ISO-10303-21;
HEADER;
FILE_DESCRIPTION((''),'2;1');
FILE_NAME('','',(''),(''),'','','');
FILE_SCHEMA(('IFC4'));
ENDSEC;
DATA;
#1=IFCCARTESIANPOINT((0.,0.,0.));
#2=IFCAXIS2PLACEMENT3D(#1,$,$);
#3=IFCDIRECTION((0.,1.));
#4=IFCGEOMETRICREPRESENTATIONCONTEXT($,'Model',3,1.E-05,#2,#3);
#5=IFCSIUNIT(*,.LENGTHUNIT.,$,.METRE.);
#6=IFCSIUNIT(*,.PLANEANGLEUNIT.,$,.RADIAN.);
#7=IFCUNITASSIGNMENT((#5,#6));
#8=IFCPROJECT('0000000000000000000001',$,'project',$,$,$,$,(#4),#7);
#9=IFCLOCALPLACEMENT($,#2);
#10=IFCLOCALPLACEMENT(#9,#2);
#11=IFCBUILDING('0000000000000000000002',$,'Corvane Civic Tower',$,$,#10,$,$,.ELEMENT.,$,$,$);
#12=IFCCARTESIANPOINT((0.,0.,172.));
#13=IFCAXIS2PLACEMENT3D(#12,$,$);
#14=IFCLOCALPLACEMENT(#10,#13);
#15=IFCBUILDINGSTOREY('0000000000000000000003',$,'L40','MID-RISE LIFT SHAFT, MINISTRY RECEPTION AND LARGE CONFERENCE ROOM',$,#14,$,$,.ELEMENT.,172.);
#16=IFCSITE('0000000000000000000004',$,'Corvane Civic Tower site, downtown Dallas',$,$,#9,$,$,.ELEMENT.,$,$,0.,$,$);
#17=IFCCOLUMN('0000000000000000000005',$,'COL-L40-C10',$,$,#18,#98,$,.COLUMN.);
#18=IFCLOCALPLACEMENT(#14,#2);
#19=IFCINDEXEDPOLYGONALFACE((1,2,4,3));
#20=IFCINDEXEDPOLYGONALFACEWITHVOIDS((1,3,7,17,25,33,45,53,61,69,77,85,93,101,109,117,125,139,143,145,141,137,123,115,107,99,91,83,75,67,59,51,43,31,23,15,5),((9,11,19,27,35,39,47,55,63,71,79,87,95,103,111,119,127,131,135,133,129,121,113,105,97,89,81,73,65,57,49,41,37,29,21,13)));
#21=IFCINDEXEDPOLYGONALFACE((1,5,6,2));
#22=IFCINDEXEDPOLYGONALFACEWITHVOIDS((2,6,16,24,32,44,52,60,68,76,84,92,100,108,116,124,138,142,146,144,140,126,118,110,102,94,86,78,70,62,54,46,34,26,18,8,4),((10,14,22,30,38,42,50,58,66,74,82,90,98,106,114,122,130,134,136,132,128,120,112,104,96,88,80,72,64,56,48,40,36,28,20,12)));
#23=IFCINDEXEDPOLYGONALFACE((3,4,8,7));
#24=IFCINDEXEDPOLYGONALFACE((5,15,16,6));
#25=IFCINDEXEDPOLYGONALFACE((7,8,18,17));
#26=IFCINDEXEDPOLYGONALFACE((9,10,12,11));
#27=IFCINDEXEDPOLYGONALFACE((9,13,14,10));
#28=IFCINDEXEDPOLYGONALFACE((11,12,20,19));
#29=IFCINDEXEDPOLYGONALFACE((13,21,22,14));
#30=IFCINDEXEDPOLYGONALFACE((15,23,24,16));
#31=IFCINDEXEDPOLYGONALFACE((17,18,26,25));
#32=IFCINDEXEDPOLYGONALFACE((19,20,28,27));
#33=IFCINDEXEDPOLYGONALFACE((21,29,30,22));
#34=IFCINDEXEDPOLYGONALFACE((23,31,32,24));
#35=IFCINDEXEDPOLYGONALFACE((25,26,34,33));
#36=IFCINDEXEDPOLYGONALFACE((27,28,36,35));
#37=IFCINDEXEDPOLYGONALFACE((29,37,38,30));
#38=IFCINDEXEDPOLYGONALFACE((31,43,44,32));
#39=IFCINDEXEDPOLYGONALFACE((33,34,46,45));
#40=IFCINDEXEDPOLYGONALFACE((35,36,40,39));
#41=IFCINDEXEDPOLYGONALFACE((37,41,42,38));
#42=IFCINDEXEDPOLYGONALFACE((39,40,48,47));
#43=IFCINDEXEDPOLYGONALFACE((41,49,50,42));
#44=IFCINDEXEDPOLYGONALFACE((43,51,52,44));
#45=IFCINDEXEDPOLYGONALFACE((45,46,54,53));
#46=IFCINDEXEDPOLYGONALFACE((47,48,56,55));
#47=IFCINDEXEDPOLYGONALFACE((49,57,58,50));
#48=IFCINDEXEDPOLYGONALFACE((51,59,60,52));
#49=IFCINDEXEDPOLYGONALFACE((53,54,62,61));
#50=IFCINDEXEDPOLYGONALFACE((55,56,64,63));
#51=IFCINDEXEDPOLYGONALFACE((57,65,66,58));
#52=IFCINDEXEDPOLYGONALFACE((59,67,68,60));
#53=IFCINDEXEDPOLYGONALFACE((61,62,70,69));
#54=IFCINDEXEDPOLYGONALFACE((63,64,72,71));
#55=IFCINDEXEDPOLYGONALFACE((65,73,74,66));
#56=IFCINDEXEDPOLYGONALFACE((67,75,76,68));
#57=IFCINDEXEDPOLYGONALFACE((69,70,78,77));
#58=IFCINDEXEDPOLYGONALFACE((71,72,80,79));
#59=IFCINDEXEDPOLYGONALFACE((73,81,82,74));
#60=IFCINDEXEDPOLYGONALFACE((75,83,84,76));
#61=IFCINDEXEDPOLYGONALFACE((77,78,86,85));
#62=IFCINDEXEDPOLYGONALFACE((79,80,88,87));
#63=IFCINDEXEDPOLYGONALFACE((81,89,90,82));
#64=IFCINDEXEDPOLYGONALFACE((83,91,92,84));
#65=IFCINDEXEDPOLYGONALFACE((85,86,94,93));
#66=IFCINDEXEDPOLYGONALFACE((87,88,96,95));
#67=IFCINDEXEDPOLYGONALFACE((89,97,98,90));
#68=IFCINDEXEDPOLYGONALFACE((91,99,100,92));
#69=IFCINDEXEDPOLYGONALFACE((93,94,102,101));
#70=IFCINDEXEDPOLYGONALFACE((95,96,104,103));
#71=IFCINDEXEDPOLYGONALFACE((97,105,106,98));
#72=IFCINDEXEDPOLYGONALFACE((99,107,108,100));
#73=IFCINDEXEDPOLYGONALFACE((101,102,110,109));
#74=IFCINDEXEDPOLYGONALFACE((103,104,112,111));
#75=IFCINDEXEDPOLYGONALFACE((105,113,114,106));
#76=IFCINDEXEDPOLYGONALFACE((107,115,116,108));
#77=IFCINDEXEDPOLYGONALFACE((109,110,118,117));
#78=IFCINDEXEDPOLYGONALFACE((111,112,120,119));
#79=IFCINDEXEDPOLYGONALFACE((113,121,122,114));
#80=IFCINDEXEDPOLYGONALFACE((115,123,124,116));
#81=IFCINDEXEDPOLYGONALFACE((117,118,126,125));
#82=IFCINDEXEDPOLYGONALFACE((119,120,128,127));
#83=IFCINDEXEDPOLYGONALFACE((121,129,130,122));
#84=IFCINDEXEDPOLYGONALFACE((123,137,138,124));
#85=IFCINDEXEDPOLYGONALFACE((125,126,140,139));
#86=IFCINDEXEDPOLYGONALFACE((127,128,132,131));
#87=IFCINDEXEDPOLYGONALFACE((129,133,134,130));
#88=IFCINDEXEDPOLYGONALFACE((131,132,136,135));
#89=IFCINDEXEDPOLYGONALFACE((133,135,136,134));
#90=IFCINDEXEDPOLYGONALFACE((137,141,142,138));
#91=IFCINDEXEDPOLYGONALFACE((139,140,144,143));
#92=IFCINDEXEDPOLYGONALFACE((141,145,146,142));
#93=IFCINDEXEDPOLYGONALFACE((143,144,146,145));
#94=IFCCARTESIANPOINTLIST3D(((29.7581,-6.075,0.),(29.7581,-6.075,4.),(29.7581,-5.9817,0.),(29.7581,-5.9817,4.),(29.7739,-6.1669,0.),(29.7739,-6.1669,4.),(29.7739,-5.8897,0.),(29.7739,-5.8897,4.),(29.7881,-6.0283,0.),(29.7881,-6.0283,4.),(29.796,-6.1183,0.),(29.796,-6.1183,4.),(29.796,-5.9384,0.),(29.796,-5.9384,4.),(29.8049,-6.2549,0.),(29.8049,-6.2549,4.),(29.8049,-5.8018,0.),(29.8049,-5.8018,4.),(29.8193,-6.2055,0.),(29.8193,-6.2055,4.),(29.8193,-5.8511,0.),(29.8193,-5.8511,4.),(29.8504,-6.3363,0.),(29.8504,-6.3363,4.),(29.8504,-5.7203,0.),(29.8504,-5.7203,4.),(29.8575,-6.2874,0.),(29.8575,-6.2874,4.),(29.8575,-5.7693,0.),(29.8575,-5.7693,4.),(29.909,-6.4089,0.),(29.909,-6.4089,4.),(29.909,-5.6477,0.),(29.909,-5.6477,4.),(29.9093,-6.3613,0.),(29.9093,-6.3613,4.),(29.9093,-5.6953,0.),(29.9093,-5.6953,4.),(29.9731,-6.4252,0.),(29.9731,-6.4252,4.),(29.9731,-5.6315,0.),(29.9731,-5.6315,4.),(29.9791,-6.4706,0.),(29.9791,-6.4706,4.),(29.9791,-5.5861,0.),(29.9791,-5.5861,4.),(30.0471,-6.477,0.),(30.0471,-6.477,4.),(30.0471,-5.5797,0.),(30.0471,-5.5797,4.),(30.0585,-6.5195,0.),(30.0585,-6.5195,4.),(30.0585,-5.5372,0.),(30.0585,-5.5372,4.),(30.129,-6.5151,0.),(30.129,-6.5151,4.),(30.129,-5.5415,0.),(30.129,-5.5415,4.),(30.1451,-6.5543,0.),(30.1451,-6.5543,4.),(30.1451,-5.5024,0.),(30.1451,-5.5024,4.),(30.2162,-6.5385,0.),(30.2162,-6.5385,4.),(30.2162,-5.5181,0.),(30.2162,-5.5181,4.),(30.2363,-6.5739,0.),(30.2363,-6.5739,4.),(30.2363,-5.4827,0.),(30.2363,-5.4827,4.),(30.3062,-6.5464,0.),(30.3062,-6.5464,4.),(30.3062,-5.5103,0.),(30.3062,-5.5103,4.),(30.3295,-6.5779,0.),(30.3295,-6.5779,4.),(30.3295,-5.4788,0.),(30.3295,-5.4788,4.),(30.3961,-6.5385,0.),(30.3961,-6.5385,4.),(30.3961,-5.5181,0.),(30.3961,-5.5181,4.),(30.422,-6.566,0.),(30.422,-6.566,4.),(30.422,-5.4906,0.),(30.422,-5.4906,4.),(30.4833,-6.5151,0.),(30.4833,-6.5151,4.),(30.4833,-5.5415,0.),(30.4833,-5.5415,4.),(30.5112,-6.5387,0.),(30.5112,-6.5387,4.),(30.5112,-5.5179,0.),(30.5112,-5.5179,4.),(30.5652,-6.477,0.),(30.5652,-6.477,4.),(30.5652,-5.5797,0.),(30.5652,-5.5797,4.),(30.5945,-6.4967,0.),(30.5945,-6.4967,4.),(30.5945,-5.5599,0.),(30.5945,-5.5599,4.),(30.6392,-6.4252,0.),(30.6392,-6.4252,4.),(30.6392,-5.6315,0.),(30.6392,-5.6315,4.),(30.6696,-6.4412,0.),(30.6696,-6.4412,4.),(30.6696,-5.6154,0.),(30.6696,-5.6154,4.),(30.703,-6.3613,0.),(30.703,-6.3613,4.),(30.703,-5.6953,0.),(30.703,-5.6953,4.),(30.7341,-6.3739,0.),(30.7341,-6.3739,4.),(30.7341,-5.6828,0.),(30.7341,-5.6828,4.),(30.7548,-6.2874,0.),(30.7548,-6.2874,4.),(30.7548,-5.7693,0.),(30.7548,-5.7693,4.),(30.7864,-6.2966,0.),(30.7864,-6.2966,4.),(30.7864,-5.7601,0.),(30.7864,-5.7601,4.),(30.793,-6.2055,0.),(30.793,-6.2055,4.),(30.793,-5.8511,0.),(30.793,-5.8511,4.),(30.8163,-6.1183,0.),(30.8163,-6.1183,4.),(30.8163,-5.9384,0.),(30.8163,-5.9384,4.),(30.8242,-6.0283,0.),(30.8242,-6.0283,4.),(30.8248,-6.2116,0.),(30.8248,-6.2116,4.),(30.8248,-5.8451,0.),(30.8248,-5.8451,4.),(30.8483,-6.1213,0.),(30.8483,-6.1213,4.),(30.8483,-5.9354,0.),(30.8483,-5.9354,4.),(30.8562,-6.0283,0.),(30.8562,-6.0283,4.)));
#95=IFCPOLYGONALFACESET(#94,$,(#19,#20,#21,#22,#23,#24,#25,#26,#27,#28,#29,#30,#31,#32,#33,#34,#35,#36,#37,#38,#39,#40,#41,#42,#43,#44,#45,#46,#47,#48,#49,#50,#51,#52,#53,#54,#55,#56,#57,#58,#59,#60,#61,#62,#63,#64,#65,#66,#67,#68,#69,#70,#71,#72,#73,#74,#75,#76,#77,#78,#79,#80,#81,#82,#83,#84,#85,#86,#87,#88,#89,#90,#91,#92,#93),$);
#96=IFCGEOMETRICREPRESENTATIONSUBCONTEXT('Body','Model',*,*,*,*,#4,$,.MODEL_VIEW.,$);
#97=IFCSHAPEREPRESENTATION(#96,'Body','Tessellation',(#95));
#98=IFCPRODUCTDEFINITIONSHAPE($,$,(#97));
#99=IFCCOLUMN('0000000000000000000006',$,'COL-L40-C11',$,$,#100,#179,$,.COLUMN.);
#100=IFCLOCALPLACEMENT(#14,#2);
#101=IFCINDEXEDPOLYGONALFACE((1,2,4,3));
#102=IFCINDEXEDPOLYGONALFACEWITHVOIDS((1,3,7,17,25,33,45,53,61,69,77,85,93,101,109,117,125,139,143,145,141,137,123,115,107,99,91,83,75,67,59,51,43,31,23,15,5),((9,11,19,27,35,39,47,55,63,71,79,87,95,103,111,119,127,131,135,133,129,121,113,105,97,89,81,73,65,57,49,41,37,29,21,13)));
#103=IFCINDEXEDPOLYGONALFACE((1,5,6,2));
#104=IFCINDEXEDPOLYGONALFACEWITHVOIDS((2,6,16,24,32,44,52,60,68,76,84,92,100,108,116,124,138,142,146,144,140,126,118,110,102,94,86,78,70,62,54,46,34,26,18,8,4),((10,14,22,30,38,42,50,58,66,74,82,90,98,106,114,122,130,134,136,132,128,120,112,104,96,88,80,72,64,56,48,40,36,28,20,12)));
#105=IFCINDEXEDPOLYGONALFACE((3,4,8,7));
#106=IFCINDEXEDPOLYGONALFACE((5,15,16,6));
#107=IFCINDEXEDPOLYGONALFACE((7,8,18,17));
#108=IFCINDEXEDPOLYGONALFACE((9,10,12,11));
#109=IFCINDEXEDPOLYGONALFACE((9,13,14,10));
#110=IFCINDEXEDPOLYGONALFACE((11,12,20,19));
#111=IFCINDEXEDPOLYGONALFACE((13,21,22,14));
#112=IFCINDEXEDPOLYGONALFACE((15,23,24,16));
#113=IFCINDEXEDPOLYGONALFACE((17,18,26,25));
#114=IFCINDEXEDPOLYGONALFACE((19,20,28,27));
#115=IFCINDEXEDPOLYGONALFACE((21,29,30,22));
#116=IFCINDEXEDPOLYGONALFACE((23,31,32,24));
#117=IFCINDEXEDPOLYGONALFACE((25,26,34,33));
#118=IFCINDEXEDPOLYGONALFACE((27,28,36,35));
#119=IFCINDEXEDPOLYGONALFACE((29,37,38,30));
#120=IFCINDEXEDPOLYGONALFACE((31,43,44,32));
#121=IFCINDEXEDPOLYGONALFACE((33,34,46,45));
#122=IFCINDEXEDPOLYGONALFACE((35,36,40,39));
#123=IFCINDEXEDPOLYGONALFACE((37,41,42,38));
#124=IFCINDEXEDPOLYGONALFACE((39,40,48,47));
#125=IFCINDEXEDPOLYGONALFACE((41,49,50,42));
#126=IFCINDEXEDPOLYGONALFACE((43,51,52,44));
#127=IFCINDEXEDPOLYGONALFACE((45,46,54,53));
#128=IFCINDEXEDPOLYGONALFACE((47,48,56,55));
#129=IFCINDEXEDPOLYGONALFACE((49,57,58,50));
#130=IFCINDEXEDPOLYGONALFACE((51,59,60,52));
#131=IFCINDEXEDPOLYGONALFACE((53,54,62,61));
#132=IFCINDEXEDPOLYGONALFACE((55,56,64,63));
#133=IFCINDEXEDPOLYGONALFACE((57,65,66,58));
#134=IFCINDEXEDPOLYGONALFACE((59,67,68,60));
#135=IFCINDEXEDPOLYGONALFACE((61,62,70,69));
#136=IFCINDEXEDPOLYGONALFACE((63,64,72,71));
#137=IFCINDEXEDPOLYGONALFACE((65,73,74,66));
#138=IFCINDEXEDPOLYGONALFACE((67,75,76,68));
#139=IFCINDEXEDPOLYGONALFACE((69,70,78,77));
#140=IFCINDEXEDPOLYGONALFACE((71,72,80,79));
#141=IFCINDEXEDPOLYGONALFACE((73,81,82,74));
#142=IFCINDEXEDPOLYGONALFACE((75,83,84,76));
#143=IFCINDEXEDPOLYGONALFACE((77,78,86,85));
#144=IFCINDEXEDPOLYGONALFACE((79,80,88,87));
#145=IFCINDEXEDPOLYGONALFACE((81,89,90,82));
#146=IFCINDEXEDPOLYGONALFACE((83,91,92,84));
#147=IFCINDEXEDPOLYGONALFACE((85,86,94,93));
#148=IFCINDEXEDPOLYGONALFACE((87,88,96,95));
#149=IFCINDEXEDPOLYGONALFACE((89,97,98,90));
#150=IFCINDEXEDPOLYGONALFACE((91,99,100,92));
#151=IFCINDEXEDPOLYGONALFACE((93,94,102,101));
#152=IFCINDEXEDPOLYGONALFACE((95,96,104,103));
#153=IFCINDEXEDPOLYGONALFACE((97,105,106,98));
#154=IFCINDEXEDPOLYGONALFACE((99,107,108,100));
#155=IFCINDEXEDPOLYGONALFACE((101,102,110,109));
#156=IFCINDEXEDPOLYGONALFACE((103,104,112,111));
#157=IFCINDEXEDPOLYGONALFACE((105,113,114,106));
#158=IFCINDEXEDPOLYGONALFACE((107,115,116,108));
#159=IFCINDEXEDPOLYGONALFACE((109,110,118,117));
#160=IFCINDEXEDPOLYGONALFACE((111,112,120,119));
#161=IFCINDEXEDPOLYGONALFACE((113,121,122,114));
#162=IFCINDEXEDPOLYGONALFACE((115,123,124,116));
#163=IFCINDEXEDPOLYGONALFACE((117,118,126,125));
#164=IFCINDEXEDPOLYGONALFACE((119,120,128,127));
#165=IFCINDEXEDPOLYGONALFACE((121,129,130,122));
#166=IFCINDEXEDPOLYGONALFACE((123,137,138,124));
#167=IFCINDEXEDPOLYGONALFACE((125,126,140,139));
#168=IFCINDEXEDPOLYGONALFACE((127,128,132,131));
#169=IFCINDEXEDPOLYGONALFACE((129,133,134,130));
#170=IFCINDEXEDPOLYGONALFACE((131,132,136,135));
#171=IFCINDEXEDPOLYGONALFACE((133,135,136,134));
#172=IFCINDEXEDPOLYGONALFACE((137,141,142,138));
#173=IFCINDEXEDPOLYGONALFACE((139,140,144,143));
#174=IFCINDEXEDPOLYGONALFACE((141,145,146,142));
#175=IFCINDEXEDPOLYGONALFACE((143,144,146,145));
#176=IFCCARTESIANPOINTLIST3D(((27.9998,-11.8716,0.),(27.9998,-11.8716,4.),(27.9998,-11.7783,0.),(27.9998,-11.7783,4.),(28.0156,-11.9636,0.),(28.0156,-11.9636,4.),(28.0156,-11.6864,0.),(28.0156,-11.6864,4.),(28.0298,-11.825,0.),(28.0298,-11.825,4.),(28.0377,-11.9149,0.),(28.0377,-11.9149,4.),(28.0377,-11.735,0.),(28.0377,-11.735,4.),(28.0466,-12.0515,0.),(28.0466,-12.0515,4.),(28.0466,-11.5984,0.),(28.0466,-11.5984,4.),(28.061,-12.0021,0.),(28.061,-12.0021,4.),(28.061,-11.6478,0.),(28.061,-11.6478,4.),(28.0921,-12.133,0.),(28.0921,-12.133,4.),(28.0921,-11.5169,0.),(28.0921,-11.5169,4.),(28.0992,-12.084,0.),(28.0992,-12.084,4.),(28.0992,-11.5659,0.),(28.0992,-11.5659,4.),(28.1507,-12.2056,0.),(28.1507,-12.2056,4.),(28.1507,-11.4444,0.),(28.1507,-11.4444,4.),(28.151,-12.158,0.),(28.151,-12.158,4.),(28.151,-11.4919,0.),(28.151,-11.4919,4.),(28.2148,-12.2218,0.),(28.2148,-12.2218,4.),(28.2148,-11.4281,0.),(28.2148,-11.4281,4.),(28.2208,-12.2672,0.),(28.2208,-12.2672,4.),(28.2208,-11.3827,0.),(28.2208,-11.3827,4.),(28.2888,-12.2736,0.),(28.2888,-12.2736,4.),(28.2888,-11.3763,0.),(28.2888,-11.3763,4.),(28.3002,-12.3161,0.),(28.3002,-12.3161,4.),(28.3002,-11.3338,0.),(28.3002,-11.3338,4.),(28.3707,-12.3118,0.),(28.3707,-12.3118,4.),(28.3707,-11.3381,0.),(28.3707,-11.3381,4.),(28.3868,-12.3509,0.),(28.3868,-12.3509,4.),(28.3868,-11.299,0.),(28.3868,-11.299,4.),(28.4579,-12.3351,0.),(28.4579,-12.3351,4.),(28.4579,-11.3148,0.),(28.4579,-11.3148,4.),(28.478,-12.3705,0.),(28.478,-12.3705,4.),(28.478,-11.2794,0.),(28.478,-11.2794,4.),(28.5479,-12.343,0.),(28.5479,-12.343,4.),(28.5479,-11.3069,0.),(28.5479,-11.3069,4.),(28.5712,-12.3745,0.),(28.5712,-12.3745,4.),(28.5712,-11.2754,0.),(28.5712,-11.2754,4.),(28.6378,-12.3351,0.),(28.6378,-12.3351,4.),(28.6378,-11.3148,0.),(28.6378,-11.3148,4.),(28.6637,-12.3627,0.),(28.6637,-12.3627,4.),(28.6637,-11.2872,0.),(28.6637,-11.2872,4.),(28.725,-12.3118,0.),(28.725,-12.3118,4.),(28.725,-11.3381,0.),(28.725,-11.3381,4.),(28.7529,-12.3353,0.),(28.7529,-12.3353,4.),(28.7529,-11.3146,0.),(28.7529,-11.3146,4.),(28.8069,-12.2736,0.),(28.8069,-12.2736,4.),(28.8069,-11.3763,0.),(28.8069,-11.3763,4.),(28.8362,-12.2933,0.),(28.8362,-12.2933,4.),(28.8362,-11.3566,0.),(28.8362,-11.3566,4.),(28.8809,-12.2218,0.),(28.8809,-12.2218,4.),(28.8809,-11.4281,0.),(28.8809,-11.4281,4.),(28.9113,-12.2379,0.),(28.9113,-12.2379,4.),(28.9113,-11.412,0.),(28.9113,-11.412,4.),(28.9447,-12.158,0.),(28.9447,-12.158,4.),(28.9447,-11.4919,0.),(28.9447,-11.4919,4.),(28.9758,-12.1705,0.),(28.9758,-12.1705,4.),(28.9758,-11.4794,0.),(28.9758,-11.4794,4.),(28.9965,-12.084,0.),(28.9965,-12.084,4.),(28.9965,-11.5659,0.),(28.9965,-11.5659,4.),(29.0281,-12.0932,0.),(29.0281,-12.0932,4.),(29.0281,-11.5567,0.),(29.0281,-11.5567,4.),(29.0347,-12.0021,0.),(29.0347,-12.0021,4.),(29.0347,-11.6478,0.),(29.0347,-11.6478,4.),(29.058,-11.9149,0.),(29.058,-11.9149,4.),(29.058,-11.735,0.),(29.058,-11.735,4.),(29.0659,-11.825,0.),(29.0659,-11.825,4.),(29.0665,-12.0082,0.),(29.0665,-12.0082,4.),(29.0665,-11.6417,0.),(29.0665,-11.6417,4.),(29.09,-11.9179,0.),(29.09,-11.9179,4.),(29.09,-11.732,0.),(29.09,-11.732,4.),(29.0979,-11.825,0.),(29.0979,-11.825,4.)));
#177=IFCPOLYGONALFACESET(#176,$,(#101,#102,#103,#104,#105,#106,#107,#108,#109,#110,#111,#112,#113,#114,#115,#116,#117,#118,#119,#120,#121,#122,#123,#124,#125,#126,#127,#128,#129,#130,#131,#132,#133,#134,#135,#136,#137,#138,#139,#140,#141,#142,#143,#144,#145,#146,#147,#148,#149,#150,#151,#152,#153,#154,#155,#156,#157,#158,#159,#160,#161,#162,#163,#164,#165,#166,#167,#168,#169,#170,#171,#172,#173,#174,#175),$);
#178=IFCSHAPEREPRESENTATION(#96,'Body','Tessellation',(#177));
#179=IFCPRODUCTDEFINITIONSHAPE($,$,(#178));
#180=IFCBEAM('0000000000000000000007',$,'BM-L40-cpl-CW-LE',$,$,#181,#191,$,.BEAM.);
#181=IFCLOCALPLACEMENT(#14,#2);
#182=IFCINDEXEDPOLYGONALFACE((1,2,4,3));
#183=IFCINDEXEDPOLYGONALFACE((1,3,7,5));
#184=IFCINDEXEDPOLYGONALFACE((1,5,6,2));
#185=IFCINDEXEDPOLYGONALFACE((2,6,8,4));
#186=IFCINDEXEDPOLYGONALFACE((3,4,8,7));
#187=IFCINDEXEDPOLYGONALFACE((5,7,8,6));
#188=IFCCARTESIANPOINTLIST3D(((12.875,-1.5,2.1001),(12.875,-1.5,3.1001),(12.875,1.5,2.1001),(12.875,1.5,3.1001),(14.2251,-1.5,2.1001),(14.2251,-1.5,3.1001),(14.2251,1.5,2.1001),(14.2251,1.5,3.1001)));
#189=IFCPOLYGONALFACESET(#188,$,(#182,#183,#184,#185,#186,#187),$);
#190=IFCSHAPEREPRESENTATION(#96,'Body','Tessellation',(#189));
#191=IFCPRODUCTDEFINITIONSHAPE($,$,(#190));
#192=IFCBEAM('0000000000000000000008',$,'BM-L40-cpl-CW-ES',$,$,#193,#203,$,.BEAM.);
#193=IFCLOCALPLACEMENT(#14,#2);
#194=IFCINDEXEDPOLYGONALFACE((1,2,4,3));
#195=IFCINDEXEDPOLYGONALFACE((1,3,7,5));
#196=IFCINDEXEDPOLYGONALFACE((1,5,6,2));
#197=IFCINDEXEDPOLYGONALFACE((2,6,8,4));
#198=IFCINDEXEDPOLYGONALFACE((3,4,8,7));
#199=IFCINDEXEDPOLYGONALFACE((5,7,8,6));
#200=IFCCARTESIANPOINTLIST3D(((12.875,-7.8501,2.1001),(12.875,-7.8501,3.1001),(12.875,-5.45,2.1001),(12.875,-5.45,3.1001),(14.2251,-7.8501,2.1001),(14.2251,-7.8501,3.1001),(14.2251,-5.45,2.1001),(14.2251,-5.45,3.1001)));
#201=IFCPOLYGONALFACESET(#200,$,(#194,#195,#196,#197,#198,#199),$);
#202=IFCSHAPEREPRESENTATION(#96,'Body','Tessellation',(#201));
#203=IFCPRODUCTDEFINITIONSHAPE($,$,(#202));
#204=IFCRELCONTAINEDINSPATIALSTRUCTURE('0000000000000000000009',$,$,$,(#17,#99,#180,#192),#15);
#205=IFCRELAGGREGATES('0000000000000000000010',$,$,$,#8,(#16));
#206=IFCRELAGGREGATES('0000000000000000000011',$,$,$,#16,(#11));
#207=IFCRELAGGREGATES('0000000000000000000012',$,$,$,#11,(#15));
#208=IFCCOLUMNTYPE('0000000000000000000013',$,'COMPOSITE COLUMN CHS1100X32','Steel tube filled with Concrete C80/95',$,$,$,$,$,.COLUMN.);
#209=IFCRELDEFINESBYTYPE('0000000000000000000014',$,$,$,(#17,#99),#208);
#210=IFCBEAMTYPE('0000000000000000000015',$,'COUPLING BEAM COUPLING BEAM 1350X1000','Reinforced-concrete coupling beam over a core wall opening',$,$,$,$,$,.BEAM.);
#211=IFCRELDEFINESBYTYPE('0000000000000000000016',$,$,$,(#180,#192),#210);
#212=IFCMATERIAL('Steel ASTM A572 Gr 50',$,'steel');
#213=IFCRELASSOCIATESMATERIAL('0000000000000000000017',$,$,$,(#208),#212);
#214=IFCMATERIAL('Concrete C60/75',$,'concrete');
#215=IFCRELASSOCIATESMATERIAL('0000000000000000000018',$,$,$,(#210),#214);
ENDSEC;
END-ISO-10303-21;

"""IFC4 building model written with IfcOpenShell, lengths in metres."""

from ifc_helpers import new_model, si_unit, direction, frame, origin, origin_2d, place, context, subcontext, project, spatial, rectangle, hollow_circle, extrude, material, material_profile, profile_set, type_object, element, save


model = new_model("IFC4")

# Units and contexts
model_context = context("Model", 3, precision=1e-05, world=origin(), true_north=direction((0.0, 1.0)))
body_context = subcontext(model_context, "Body", "Model", "MODEL_VIEW")
ifc_project = project(units=[si_unit("LENGTHUNIT", "METRE"), si_unit("PLANEANGLEUNIT", "RADIAN")], contexts=[model_context])

# Site, building, storey
site_placement = place(None, origin())
site = spatial("IfcSite", under=ifc_project, at=site_placement, Name="Corvane Civic Tower site, downtown Dallas", CompositionType="ELEMENT", RefElevation=0.0)
building_placement = place(site_placement, origin())
building = spatial("IfcBuilding", under=site, at=building_placement, Name="Corvane Civic Tower", CompositionType="ELEMENT")
storey_placement = place(building_placement, frame((0.0, 0.0, 172.0)))
storey = spatial("IfcBuildingStorey", under=building, at=storey_placement, Name="L40", Description="MID-RISE LIFT SHAFT, MINISTRY RECEPTION AND LARGE CONFERENCE ROOM", CompositionType="ELEMENT", Elevation=172.0)

# Columns
ifc_material_1 = material(Name="Steel ASTM A572 Gr 50", Category="steel")
ifc_material_profile_1 = material_profile(ifc_material_1, hollow_circle(Radius=0.55, WallThickness=0.032, at=origin_2d()), Name="CHS1100X32")
ifc_profile_set_1 = profile_set([ifc_material_profile_1], Name="Steel ASTM A572 Gr 50")
column_type = type_object("IfcColumnType", Name="COMPOSITE COLUMN CHS1100X32", Description="Steel tube filled with Concrete C80/95", PredefinedType="COLUMN", material=ifc_profile_set_1)
for number, where, z_axis, x_axis, name in (
    (1, (30.3062, -6.0283, 0.0), (0.0, 0.0, 1.0), (1.0, 0.0, 0.0), "COL-L40-C10"),
    (2, (28.5479, -11.825, 0.0), (0.0, 0.0, 1.0), (1.0, 0.0, 0.0), "COL-L40-C11"),
):
    element("IfcColumn", number, at=place(storey_placement, frame(where, z_axis=z_axis, x_axis=x_axis)), inside=storey, type_object=column_type, Name=name, PredefinedType="COLUMN", context=body_context, shape_type="SweptSolid", body=[
        extrude(hollow_circle(Radius=0.55, WallThickness=0.032, at=origin_2d()), origin(), (0.0, 0.0, 1.0), 4.0),
    ])

# Beams
ifc_material_2 = material(Name="Concrete C60/75", Category="concrete")
ifc_material_profile_2 = material_profile(ifc_material_2, rectangle(XDim=1.3501, YDim=1.0, at=origin_2d()), Name="COUPLING BEAM 1350X1000")
ifc_profile_set_2 = profile_set([ifc_material_profile_2], Name="Concrete C60/75")
beam_type_1 = type_object("IfcBeamType", Name="COUPLING BEAM COUPLING BEAM 1350X1000", Description="Reinforced-concrete coupling beam over a core wall opening", PredefinedType="BEAM", material=ifc_profile_set_2)
beam_1_placement = place(storey_placement, frame((13.55, -1.5, 2.6001), z_axis=(0.0, 1.0, 0.0), x_axis=(-1.0, 0.0, 0.0)))
element("IfcBeam", 3, at=beam_1_placement, inside=storey, type_object=beam_type_1, Name="BM-L40-cpl-CW-LE", PredefinedType="BEAM", context=body_context, shape_type="SweptSolid", body=[
    extrude(rectangle(XDim=1.3501, YDim=1.0, at=origin_2d()), origin(), (0.0, 0.0, 1.0), 3.0),
])
beam_2_placement = place(storey_placement, frame((13.55, -7.8501, 2.6001), z_axis=(0.0, 1.0, 0.0), x_axis=(-1.0, 0.0, 0.0)))
element("IfcBeam", 4, at=beam_2_placement, inside=storey, type_object=beam_type_1, Name="BM-L40-cpl-CW-ES", PredefinedType="BEAM", context=body_context, shape_type="SweptSolid", body=[
    extrude(rectangle(XDim=1.3501, YDim=1.0, at=origin_2d()), origin(), (0.0, 0.0, 1.0), 2.4001),
])

save(model, "model.ifc")
